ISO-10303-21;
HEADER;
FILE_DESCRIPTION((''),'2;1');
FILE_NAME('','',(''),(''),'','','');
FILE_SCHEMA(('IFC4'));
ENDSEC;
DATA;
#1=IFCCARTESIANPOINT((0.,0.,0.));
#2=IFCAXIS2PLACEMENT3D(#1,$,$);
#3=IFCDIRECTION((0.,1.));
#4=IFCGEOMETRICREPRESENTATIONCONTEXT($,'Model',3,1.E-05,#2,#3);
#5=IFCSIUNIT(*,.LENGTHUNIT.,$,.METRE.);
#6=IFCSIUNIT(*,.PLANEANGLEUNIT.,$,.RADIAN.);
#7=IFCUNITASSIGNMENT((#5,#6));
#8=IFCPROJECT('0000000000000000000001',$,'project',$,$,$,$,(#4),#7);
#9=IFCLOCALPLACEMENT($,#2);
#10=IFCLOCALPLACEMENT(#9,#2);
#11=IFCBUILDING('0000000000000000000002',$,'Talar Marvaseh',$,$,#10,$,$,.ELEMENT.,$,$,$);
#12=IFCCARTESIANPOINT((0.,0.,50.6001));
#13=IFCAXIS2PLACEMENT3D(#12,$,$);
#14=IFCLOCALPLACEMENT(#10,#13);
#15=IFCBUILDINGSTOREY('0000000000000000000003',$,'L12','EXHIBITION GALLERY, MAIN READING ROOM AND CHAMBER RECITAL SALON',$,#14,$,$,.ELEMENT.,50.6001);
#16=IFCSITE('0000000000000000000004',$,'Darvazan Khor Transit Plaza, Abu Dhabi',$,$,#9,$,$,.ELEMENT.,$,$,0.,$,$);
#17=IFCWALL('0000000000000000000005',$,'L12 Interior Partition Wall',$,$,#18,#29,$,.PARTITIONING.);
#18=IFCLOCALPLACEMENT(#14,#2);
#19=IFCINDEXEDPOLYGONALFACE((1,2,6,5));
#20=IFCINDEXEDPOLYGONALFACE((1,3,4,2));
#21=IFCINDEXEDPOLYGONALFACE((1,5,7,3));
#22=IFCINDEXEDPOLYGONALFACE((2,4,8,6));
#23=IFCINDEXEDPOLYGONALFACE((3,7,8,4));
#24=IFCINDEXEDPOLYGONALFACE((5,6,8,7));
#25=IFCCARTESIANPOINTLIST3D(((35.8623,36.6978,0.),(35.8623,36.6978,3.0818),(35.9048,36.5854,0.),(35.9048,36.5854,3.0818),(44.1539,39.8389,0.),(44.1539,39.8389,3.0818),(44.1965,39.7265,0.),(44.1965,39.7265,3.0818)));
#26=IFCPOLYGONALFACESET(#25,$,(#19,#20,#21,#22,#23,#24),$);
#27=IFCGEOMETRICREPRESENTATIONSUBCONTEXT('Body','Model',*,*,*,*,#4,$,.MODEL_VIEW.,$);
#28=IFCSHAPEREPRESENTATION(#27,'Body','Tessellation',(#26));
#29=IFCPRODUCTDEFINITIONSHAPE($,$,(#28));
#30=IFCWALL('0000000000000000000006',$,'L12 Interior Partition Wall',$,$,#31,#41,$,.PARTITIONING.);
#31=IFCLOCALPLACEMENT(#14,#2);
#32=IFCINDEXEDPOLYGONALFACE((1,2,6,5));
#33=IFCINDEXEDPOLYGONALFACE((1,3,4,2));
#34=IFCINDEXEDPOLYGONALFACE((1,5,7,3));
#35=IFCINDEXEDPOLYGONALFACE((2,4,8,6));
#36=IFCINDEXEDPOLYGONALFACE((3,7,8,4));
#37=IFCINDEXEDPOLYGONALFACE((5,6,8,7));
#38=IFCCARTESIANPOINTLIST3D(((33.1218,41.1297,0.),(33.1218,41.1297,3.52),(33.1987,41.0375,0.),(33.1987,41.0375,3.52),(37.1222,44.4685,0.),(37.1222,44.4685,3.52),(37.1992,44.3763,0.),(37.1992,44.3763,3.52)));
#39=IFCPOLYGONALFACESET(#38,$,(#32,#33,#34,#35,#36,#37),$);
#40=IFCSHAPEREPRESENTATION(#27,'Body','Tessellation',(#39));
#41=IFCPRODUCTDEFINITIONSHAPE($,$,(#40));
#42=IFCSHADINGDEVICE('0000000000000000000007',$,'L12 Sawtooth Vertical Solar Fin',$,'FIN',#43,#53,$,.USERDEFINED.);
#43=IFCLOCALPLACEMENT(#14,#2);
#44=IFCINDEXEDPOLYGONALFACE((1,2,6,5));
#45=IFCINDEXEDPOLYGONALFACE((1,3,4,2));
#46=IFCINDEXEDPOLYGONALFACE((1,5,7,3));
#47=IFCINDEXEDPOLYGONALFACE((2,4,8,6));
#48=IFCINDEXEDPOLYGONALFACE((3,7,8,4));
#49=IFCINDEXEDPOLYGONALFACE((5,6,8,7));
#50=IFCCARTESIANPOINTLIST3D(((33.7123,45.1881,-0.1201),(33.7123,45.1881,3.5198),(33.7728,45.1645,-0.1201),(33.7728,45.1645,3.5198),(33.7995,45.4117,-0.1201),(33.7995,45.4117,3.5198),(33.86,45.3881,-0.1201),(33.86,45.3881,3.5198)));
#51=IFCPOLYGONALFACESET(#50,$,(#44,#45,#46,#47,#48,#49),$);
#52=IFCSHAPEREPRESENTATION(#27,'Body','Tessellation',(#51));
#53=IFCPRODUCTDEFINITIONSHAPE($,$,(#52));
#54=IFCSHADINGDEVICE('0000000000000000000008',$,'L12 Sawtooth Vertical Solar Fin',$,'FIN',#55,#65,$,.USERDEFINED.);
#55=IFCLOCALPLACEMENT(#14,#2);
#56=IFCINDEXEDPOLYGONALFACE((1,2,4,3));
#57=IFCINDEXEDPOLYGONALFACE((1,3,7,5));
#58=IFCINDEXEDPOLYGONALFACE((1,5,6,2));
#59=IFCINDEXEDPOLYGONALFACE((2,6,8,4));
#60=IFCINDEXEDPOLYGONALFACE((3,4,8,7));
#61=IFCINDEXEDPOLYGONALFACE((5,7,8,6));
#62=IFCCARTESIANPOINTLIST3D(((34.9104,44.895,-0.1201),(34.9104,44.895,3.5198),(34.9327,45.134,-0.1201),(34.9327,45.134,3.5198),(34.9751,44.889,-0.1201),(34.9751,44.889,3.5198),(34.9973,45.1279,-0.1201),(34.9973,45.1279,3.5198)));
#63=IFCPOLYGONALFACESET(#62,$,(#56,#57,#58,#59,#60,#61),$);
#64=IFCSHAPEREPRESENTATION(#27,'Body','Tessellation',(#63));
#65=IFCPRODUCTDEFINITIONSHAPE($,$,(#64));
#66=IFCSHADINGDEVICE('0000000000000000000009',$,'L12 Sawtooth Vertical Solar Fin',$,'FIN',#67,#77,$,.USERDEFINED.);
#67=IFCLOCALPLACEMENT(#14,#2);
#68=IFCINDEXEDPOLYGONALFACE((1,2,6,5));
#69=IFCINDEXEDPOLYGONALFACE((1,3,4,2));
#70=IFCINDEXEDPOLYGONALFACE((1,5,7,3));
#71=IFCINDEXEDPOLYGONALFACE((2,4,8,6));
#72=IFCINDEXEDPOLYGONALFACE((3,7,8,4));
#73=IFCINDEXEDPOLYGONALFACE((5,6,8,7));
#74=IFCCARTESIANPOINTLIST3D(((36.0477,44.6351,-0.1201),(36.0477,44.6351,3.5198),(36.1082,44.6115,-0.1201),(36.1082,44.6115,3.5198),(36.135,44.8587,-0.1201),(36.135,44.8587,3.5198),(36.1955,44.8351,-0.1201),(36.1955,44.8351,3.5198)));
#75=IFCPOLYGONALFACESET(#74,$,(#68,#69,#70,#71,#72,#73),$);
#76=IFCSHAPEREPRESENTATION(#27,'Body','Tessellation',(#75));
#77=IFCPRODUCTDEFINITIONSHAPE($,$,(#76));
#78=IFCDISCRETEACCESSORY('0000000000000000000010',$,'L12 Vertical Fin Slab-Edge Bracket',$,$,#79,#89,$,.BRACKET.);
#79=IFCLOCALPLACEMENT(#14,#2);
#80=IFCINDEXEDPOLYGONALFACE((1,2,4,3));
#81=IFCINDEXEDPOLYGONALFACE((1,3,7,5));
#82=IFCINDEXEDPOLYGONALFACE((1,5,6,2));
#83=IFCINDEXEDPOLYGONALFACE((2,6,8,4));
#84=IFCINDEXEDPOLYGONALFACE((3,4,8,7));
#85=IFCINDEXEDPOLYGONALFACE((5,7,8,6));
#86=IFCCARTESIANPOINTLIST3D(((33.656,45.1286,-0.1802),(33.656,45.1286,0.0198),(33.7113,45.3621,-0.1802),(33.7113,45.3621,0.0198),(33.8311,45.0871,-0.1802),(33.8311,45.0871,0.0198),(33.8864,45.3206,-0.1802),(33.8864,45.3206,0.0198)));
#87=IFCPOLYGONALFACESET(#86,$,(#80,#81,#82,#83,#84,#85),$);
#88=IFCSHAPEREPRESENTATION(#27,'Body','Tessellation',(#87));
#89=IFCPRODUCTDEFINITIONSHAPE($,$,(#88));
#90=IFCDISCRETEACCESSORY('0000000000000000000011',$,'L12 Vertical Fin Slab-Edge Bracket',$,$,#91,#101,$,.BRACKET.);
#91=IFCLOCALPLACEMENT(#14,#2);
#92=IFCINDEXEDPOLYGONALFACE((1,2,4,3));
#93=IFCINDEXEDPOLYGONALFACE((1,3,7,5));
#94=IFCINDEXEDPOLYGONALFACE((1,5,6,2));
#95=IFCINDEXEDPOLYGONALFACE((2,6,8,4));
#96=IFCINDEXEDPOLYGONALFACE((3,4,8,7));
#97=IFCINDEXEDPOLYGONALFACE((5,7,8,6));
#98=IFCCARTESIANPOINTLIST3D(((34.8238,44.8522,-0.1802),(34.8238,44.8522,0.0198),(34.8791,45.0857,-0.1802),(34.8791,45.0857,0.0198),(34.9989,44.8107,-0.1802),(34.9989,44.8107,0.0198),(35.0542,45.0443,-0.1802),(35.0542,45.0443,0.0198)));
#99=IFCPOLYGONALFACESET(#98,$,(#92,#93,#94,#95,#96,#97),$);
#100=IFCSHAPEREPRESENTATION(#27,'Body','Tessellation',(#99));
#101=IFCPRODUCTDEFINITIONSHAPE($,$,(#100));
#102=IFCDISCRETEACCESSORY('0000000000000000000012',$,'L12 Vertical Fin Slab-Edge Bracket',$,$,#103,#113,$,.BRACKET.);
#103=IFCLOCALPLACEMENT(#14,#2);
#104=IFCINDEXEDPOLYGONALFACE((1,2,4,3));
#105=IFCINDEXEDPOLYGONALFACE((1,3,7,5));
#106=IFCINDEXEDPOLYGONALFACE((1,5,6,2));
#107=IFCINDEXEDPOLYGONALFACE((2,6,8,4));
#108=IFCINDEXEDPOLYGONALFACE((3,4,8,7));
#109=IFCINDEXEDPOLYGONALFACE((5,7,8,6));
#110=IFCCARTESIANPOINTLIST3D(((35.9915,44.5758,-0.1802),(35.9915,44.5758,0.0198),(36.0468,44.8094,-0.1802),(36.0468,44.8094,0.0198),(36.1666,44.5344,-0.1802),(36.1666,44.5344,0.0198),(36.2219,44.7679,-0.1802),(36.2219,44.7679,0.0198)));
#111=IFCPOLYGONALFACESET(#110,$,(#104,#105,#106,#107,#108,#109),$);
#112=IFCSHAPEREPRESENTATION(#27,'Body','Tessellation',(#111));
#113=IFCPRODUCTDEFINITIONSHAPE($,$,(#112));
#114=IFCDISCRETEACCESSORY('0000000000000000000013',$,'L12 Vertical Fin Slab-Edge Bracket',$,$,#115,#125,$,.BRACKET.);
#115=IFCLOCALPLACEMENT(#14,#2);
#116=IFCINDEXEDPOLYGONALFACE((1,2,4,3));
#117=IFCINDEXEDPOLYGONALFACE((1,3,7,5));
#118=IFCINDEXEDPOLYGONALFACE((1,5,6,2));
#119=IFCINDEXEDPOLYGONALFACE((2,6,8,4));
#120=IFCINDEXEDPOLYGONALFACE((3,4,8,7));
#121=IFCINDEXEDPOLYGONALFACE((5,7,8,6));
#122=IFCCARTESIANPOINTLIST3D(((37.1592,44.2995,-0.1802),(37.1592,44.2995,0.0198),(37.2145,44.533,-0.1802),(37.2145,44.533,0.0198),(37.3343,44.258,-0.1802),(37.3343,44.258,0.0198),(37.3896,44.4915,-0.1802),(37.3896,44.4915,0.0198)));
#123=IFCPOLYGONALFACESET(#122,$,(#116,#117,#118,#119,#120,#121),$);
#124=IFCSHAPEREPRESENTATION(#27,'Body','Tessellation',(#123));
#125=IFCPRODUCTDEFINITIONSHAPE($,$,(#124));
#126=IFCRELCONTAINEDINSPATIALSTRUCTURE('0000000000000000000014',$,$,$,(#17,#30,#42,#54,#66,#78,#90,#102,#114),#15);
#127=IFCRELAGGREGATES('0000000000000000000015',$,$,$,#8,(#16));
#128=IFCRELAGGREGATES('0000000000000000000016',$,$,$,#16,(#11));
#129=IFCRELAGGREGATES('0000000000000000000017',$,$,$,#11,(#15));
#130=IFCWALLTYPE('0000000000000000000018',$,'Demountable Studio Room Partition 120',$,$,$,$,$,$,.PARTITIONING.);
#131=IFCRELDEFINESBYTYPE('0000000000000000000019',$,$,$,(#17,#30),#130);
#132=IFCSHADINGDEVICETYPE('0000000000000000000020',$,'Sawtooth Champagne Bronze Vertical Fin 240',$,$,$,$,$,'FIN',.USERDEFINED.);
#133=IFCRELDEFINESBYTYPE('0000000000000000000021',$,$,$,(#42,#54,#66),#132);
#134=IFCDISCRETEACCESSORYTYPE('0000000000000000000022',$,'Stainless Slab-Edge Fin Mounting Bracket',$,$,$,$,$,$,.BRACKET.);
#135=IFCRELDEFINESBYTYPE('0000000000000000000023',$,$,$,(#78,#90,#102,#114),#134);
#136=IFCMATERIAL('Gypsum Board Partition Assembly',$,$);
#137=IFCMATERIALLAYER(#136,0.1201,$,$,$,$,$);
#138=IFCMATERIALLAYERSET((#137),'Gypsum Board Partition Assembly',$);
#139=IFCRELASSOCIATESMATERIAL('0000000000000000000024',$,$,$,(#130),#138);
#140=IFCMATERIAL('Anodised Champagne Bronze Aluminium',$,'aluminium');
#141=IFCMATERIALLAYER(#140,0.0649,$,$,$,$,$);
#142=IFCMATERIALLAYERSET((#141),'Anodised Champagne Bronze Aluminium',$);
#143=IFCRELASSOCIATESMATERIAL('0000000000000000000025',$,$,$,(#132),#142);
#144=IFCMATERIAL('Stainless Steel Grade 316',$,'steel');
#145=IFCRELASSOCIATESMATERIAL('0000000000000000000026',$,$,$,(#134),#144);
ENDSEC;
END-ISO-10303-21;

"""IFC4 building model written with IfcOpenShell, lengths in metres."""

from ifc_helpers import new_model, si_unit, direction, frame, frame_2d, origin, origin_2d, place, context, subcontext, project, spatial, rectangle, extrude, source, transform, mapped, material, layer, layer_set, type_object, type_shapes, element, save


model = new_model("IFC4")

# Units and contexts
model_context = context("Model", 3, precision=1e-05, world=origin(), true_north=direction((0.0, 1.0)))
body_context = subcontext(model_context, "Body", "Model", "MODEL_VIEW")
ifc_project = project(units=[si_unit("LENGTHUNIT", "METRE"), si_unit("PLANEANGLEUNIT", "RADIAN")], contexts=[model_context])

# Site, building, storey
site_placement = place(None, origin())
site = spatial("IfcSite", under=ifc_project, at=site_placement, Name="Darvazan Khor Transit Plaza, Abu Dhabi", CompositionType="ELEMENT", RefElevation=0.0)
building_placement = place(site_placement, origin())
building = spatial("IfcBuilding", under=site, at=building_placement, Name="Talar Marvaseh", CompositionType="ELEMENT")
storey_placement = place(building_placement, frame((0.0, 0.0, 50.6001)))
storey = spatial("IfcBuildingStorey", under=building, at=storey_placement, Name="L12", Description="EXHIBITION GALLERY, MAIN READING ROOM AND CHAMBER RECITAL SALON", CompositionType="ELEMENT", Elevation=50.6001)

# Shared definitions
ifc_material_1 = material(Name="Gypsum Board Partition Assembly")

# Walls
ifc_layer_1 = layer(ifc_material_1, 0.1201)
ifc_layer_set_1 = layer_set([ifc_layer_1], Name="Gypsum Board Partition Assembly")
wall_type_1 = type_object("IfcWallType", Name="Demountable Studio Room Partition 120", PredefinedType="PARTITIONING", material=ifc_layer_set_1)
wall_1_placement = place(storey_placement, frame((35.8835, 36.6416, 0.0), z_axis=(0.0, 0.0, 1.0), x_axis=(0.935148, 0.354257, 0.0)))
element("IfcWall", 1, at=wall_1_placement, inside=storey, type_object=wall_type_1, Name="L12 Interior Partition Wall", PredefinedType="PARTITIONING", context=body_context, shape_type="SweptSolid", body=[
    extrude(rectangle(XDim=8.8667, YDim=0.1201, at=frame_2d((4.4333, 0.0))), origin(), (0.0, 0.0, 1.0), 3.0818),
])
wall_2_placement = place(storey_placement, frame((33.1602, 41.0835, 0.0), z_axis=(0.0, 0.0, 1.0), x_axis=(0.767737, 0.640765, 0.0)))
element("IfcWall", 2, at=wall_2_placement, inside=storey, type_object=wall_type_1, Name="L12 Interior Partition Wall", PredefinedType="PARTITIONING", context=body_context, shape_type="SweptSolid", body=[
    extrude(rectangle(XDim=5.2107, YDim=0.1201, at=frame_2d((2.6055, 0.0))), origin(), (0.0, 0.0, 1.0), 3.52),
])

# Shading devices
ifc_material_2 = material(Name="Anodised Champagne Bronze Aluminium", Category="aluminium")
ifc_layer_2 = layer(ifc_material_2, 0.0649)
ifc_layer_set_2 = layer_set([ifc_layer_2], Name="Anodised Champagne Bronze Aluminium")
shading_device_type = type_object("IfcShadingDeviceType", Name="Sawtooth Champagne Bronze Vertical Fin 240", ElementType="FIN", PredefinedType="USERDEFINED", material=ifc_layer_set_2)
shared_shape_1 = source(origin(), body_context, "Body", "SweptSolid", [
    extrude(rectangle(XDim=0.24, YDim=0.0649, at=origin_2d()), origin(), (0.0, 0.0, 1.0), 3.6399),
])
type_shapes(shading_device_type, [shared_shape_1])
for number, where, z_axis, x_axis, name in (
    (3, (33.7861, 45.2881, -0.1201), (0.0, 0.0, 1.0), (0.363576, 0.931564, 0.0), "L12 Sawtooth Vertical Solar Fin"),
    (4, (34.9539, 45.0115, -0.1201), (0.0, 0.0, 1.0), (0.092718, 0.995692, 0.0), "L12 Sawtooth Vertical Solar Fin"),
    (5, (36.1216, 44.7351, -0.1201), (0.0, 0.0, 1.0), (0.363576, 0.931564, 0.0), "L12 Sawtooth Vertical Solar Fin"),
):
    element("IfcShadingDevice", number, at=place(storey_placement, frame(where, z_axis=z_axis, x_axis=x_axis)), inside=storey, type_object=shading_device_type, Name=name, ObjectType="FIN", PredefinedType="USERDEFINED", context=body_context, shape_type="MappedRepresentation", body=[
        mapped(shared_shape_1, transform((0.0, 0.0, 0.0), x_axis=(1.0, 0.0, 0.0), y_axis=(0.0, 1.0, 0.0), z_axis=(0.0, 0.0, 1.0), scale=1.0)),
    ])

# Discrete accessories
ifc_material_3 = material(Name="Stainless Steel Grade 316", Category="steel")
discrete_accessory_type = type_object("IfcDiscreteAccessoryType", Name="Stainless Slab-Edge Fin Mounting Bracket", PredefinedType="BRACKET", material=ifc_material_3)
shared_shape_2 = source(origin(), body_context, "Body", "SweptSolid", [
    extrude(rectangle(XDim=0.24, YDim=0.1799, at=origin_2d()), origin(), (0.0, 0.0, 1.0), 0.2),
])
type_shapes(discrete_accessory_type, [shared_shape_2])
for number, where, z_axis, x_axis, name in (
    (6, (33.7712, 45.2246, -0.1802), (0.0, 0.0, 1.0), (0.230389, 0.973099, 0.0), "L12 Vertical Fin Slab-Edge Bracket"),
    (7, (34.939, 44.9482, -0.1802), (0.0, 0.0, 1.0), (0.230389, 0.973099, 0.0), "L12 Vertical Fin Slab-Edge Bracket"),
    (8, (36.1067, 44.6719, -0.1802), (0.0, 0.0, 1.0), (0.230389, 0.973099, 0.0), "L12 Vertical Fin Slab-Edge Bracket"),
    (9, (37.2744, 44.3955, -0.1802), (0.0, 0.0, 1.0), (0.230389, 0.973099, 0.0), "L12 Vertical Fin Slab-Edge Bracket"),
):
    element("IfcDiscreteAccessory", number, at=place(storey_placement, frame(where, z_axis=z_axis, x_axis=x_axis)), inside=storey, type_object=discrete_accessory_type, Name=name, PredefinedType="BRACKET", context=body_context, shape_type="MappedRepresentation", body=[
        mapped(shared_shape_2, transform((0.0, 0.0, 0.0), x_axis=(1.0, 0.0, 0.0), y_axis=(0.0, 1.0, 0.0), z_axis=(0.0, 0.0, 1.0), scale=1.0)),
    ])

save(model, "model.ifc")
